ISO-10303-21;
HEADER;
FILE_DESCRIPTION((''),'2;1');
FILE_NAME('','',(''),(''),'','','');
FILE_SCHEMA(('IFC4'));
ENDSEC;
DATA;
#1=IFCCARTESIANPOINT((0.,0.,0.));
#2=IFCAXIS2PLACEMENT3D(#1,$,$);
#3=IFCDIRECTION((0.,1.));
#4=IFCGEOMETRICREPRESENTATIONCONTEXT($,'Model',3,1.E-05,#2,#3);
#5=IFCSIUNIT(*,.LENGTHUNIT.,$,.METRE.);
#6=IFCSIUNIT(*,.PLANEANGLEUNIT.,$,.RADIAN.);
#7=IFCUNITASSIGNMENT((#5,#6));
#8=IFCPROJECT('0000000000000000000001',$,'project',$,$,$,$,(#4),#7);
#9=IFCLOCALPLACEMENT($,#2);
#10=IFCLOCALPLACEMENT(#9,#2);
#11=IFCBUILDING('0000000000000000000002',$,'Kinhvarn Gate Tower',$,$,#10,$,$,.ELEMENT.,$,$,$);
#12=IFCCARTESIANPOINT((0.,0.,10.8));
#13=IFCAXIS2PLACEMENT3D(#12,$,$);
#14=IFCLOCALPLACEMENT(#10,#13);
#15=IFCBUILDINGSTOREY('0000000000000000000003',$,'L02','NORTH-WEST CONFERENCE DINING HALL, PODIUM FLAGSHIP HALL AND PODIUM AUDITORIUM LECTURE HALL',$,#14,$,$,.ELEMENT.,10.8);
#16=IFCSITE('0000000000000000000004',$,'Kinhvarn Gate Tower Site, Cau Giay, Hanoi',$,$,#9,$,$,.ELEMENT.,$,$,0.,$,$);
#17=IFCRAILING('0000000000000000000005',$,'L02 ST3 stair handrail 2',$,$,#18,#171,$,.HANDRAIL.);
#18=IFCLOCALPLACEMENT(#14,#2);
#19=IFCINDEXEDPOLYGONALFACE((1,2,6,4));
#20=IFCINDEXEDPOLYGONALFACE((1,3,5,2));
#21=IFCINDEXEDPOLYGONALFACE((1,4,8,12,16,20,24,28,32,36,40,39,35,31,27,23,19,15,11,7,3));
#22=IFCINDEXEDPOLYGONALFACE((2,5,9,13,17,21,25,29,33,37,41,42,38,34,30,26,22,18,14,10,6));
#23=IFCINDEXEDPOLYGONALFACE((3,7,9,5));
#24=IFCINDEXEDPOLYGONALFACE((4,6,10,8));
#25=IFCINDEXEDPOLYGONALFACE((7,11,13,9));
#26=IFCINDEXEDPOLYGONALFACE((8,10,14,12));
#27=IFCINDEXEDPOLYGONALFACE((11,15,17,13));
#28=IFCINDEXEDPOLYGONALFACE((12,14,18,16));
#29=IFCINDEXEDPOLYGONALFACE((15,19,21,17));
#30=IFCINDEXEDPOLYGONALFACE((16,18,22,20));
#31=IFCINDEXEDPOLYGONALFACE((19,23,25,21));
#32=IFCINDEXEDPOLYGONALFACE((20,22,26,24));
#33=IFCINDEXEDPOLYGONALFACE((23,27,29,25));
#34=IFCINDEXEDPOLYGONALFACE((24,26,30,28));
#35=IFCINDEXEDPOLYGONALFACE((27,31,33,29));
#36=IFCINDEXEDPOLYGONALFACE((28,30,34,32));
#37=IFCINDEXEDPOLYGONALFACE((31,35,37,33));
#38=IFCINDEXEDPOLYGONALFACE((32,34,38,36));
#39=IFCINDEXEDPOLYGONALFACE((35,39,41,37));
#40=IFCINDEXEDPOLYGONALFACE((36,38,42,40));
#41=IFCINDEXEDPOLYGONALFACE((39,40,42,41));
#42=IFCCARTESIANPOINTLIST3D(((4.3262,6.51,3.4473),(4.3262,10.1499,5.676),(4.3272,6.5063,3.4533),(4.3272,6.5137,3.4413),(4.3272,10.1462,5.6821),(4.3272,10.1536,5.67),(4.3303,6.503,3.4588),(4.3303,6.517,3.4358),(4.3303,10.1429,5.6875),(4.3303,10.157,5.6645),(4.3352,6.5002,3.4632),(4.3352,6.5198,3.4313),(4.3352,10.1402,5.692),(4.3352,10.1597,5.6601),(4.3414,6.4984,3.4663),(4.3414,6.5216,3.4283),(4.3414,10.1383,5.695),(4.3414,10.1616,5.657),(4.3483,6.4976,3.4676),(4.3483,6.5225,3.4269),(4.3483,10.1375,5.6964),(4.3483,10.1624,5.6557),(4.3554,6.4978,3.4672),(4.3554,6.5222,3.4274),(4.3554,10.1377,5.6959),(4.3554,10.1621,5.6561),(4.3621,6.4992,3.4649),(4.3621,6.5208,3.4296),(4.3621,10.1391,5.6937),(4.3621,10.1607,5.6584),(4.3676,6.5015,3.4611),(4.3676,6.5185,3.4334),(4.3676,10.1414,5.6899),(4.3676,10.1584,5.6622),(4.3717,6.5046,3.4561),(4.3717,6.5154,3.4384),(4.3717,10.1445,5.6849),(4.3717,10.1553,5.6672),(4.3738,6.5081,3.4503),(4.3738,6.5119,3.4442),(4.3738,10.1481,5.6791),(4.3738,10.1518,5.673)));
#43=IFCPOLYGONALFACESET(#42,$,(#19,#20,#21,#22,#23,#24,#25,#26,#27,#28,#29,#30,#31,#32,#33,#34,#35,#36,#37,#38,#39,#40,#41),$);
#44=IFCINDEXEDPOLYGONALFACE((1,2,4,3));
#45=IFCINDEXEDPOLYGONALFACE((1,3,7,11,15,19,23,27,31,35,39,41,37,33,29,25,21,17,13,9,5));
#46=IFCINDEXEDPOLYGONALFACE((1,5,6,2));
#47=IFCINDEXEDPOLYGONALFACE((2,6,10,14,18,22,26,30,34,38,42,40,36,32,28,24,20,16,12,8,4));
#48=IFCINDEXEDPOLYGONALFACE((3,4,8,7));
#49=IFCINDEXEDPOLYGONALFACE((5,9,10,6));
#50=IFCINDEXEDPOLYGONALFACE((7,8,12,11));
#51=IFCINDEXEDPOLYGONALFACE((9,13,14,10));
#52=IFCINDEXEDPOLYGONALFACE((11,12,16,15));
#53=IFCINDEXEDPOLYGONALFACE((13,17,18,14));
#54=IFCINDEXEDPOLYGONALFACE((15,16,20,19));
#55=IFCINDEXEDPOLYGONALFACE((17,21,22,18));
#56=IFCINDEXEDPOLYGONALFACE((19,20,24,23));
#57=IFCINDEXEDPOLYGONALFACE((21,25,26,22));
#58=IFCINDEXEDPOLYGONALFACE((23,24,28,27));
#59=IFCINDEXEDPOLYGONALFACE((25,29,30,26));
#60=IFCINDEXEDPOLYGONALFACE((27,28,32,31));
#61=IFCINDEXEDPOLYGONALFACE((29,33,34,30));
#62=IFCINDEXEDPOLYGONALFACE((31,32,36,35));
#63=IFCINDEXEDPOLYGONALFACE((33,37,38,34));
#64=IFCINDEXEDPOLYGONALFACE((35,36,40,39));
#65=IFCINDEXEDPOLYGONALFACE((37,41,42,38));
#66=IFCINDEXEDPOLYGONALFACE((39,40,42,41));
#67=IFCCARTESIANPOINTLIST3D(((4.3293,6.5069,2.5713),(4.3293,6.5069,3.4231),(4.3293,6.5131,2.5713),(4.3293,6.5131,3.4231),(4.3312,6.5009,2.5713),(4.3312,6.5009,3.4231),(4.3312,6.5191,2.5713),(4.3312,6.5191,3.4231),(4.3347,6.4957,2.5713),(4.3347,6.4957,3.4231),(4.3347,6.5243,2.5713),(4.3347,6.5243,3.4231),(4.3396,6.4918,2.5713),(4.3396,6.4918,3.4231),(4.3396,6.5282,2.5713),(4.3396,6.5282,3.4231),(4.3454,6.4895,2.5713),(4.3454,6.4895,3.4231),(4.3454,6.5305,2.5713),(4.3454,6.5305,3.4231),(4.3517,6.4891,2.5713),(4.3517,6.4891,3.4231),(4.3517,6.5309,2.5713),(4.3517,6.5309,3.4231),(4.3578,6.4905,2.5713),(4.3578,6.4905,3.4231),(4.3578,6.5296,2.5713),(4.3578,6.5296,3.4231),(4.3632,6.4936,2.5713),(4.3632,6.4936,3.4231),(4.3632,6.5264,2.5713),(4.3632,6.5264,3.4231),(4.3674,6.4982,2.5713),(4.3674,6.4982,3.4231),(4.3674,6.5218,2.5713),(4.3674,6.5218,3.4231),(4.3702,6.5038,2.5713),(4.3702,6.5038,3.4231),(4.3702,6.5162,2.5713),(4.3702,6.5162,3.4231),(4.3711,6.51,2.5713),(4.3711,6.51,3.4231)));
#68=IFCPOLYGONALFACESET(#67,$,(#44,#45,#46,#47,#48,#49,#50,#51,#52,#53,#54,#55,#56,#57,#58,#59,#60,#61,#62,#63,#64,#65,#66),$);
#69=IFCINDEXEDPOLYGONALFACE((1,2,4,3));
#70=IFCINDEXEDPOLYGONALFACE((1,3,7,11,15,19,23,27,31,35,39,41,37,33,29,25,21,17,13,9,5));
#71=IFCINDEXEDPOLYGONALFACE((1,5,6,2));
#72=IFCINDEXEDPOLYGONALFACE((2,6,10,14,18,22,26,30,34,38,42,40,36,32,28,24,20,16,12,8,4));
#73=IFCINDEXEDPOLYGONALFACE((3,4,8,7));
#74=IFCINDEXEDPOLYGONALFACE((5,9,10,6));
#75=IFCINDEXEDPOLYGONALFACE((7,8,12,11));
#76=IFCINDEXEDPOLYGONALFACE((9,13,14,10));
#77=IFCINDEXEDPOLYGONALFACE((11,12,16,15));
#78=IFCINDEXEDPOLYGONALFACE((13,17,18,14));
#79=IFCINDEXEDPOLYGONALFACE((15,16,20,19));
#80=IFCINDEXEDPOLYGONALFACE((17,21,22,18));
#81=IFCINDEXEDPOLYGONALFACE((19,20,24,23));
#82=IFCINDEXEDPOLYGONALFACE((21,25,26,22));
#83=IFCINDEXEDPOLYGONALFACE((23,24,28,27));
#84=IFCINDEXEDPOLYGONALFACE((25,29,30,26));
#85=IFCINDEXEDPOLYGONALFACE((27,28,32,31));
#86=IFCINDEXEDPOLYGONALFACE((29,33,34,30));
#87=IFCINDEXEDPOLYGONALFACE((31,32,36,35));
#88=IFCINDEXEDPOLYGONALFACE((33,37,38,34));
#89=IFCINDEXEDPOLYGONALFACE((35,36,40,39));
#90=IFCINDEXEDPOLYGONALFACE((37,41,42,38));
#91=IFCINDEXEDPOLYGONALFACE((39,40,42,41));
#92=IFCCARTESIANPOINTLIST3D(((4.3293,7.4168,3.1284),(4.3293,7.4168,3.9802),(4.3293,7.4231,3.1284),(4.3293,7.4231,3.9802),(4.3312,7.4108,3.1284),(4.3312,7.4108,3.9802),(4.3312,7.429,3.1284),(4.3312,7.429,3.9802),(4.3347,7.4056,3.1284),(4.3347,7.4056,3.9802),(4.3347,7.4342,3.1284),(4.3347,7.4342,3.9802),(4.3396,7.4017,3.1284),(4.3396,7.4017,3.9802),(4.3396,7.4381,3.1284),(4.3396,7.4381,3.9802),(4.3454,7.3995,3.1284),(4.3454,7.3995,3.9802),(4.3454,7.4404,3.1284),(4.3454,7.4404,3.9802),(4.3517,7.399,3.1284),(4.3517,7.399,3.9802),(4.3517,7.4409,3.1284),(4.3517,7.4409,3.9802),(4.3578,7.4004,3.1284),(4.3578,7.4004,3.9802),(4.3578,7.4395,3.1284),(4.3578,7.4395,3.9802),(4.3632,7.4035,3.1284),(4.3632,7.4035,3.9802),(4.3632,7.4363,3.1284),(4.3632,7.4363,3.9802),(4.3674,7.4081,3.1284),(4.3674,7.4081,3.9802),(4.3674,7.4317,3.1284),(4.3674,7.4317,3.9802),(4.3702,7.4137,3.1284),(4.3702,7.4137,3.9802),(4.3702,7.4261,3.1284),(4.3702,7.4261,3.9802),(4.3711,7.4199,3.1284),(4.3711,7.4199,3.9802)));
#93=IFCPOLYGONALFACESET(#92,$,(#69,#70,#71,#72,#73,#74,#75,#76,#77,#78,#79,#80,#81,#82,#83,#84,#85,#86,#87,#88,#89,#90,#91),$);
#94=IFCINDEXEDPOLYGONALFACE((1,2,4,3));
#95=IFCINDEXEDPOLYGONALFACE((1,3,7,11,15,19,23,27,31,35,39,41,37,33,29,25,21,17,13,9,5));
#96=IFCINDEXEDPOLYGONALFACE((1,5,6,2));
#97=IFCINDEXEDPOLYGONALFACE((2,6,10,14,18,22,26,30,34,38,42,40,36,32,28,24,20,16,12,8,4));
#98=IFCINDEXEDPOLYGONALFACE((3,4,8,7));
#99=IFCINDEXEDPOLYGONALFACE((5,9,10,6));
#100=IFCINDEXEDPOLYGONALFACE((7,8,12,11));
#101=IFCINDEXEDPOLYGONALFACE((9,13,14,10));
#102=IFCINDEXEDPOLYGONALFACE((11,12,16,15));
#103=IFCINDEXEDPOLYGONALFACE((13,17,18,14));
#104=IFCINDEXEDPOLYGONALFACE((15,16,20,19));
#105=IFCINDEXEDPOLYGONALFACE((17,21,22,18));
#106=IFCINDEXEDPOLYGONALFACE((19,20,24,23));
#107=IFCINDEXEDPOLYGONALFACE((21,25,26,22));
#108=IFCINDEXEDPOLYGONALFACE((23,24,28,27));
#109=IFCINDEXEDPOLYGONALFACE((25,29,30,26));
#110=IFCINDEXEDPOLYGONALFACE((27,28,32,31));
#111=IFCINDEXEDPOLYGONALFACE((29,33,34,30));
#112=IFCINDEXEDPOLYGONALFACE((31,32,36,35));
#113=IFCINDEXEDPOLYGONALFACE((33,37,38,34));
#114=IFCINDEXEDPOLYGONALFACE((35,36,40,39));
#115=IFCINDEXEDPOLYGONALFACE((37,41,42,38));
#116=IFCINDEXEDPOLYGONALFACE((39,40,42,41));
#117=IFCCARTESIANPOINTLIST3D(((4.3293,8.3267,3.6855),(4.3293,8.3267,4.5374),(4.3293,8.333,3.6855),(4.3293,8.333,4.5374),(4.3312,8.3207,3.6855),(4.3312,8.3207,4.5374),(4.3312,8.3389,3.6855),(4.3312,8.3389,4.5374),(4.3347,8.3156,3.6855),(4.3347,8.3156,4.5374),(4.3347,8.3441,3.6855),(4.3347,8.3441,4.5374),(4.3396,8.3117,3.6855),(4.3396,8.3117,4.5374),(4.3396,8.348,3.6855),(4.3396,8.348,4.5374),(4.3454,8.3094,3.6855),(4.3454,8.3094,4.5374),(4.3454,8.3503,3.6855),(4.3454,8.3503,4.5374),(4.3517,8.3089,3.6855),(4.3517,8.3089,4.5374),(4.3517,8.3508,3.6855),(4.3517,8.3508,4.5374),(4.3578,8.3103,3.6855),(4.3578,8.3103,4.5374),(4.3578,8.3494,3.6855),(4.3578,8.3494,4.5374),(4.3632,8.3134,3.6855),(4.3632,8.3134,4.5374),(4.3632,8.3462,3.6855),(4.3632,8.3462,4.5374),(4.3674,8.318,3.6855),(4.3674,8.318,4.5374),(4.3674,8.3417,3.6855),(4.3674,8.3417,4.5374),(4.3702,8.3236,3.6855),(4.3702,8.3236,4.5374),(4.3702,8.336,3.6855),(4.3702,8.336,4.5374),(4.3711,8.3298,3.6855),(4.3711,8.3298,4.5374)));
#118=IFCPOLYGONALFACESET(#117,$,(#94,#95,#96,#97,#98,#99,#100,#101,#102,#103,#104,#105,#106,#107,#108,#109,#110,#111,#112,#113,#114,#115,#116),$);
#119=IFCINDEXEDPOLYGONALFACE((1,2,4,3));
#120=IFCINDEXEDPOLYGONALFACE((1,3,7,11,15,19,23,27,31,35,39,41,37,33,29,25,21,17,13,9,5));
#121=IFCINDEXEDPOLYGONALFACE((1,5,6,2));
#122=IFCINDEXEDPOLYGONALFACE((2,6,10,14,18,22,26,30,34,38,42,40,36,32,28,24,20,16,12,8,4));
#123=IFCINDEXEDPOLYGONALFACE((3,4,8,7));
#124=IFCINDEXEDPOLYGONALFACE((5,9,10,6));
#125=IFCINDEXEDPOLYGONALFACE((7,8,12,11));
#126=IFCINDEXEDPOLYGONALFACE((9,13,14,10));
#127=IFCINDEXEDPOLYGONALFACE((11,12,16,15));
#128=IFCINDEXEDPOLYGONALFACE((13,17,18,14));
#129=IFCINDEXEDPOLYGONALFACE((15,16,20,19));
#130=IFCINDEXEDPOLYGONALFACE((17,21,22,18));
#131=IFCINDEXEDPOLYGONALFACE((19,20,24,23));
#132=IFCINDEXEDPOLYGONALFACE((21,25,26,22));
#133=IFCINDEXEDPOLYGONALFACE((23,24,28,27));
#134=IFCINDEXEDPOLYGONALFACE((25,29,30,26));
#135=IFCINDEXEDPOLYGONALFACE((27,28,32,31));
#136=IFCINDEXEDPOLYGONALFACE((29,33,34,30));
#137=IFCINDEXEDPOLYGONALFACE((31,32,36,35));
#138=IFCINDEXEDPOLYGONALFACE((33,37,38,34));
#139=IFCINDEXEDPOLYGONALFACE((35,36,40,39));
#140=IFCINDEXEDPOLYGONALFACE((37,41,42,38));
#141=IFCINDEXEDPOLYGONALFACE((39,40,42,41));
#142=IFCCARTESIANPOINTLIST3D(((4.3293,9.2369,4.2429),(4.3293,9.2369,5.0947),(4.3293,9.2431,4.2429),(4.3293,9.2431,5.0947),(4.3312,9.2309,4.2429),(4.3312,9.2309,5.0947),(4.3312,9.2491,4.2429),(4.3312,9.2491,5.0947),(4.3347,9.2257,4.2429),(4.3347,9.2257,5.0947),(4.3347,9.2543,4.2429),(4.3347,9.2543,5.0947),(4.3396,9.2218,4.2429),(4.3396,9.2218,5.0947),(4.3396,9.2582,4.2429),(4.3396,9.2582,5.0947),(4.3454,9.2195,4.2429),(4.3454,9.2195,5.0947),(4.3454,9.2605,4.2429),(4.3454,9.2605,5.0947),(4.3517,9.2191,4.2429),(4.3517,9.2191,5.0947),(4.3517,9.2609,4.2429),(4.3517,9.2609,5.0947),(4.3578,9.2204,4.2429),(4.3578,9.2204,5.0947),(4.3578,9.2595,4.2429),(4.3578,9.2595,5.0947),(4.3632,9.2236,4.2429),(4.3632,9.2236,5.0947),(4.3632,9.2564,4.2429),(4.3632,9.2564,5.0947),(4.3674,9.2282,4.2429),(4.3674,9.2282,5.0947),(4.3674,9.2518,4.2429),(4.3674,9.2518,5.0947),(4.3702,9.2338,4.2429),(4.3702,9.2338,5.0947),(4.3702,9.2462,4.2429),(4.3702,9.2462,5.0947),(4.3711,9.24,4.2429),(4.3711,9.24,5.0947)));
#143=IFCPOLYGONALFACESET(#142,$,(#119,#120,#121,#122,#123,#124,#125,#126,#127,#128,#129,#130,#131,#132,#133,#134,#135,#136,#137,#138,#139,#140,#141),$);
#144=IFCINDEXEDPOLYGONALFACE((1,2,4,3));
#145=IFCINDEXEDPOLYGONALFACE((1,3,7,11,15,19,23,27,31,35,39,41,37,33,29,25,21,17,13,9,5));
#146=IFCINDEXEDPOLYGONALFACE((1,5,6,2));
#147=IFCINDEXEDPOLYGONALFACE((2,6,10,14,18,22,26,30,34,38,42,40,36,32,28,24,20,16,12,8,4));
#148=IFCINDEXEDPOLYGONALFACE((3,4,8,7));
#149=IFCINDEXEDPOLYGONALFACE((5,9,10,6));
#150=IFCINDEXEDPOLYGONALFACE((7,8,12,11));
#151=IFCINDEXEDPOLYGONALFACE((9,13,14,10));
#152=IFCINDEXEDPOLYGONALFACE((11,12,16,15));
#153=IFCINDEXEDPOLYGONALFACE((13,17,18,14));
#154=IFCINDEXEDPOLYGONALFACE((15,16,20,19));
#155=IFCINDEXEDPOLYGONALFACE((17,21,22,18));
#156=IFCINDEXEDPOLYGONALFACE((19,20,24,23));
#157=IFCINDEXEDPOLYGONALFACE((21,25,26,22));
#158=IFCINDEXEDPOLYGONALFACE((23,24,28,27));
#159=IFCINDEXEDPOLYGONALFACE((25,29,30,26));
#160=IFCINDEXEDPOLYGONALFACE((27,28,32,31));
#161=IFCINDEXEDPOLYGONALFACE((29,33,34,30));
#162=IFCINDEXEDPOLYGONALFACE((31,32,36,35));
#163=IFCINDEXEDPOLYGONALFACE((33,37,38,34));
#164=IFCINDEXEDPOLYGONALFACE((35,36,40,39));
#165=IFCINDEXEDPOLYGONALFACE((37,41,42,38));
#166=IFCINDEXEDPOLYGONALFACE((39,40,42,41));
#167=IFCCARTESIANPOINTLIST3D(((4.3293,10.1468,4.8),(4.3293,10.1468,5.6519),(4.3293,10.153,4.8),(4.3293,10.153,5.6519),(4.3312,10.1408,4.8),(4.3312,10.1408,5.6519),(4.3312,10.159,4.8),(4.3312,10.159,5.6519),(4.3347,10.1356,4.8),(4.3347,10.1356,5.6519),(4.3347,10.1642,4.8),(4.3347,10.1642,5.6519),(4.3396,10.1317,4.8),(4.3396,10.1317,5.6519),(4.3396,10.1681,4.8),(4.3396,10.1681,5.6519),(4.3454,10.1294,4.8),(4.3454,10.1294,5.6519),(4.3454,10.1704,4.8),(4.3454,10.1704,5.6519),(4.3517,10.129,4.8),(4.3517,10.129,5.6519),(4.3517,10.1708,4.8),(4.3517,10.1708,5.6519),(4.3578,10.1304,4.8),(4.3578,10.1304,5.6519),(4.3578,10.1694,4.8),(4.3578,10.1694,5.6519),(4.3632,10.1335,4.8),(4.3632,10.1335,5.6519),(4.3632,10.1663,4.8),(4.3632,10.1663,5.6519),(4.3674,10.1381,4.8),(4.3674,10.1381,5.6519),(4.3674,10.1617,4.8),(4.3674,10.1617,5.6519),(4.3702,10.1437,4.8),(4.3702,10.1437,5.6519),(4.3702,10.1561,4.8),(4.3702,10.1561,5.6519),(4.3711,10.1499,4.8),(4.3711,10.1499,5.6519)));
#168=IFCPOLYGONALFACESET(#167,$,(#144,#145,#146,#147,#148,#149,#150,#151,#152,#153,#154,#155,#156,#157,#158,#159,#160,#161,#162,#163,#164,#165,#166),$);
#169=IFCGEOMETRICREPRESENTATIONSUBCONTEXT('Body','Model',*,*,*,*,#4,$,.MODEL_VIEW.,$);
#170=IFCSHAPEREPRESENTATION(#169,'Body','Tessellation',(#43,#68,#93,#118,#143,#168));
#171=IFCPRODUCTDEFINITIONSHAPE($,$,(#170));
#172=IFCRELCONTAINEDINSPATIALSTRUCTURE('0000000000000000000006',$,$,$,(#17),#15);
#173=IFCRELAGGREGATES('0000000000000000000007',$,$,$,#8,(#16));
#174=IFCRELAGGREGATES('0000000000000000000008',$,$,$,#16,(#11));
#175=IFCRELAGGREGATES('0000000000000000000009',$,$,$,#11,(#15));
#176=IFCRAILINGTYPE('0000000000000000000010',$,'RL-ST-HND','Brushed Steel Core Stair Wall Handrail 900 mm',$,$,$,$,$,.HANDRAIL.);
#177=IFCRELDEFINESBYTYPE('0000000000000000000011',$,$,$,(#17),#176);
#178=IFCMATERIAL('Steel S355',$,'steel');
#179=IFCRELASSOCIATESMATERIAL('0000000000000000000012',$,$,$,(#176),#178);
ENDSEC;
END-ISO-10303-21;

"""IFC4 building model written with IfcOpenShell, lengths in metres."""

from ifc_helpers import new_model, si_unit, direction, frame, origin, origin_2d, place, context, subcontext, project, spatial, circle, extrude, material, type_object, element, save


model = new_model("IFC4")

# Units and contexts
model_context = context("Model", 3, precision=1e-05, world=origin(), true_north=direction((0.0, 1.0)))
body_context = subcontext(model_context, "Body", "Model", "MODEL_VIEW")
ifc_project = project(units=[si_unit("LENGTHUNIT", "METRE"), si_unit("PLANEANGLEUNIT", "RADIAN")], contexts=[model_context])

# Site, building, storey
site_placement = place(None, origin())
site = spatial("IfcSite", under=ifc_project, at=site_placement, Name="Kinhvarn Gate Tower Site, Cau Giay, Hanoi", CompositionType="ELEMENT", RefElevation=0.0)
building_placement = place(site_placement, origin())
building = spatial("IfcBuilding", under=site, at=building_placement, Name="Kinhvarn Gate Tower", CompositionType="ELEMENT")
storey_placement = place(building_placement, frame((0.0, 0.0, 10.8)))
storey = spatial("IfcBuildingStorey", under=building, at=storey_placement, Name="L02", Description="NORTH-WEST CONFERENCE DINING HALL, PODIUM FLAGSHIP HALL AND PODIUM AUDITORIUM LECTURE HALL", CompositionType="ELEMENT", Elevation=10.8)

# Shared definitions
ifc_material_1 = material(Name="Steel S355", Category="steel")

# Railing
railing_type_1 = type_object("IfcRailingType", Name="RL-ST-HND", Description="Brushed Steel Core Stair Wall Handrail 900 mm", PredefinedType="HANDRAIL", material=ifc_material_1)
railing_1_placement = place(storey_placement, frame((4.3501, 6.51, 2.5713)))
element("IfcRailing", 1, at=railing_1_placement, inside=storey, type_object=railing_type_1, Name="L02 ST3 stair handrail 2", PredefinedType="HANDRAIL", context=body_context, shape_type="SweptSolid", body=[
    extrude(circle(Radius=0.0239, at=origin_2d()), frame((0.0, 0.0, 0.876), z_axis=(0.0, 0.852825, 0.522197), x_axis=(-1.0, 0.0, 0.0)), (0.0, 0.0, 1.0), 4.2681),
    extrude(circle(Radius=0.021, at=origin_2d()), origin(), (0.0, 0.0, 1.0), 0.8518),
    extrude(circle(Radius=0.021, at=origin_2d()), frame((0.0, 0.9099, 0.5571)), (0.0, 0.0, 1.0), 0.8518),
    extrude(circle(Radius=0.021, at=origin_2d()), frame((0.0, 1.8198, 1.1143)), (0.0, 0.0, 1.0), 0.8518),
    extrude(circle(Radius=0.021, at=origin_2d()), frame((0.0, 2.73, 1.6716)), (0.0, 0.0, 1.0), 0.8518),
    extrude(circle(Radius=0.021, at=origin_2d()), frame((0.0, 3.6399, 2.2288)), (0.0, 0.0, 1.0), 0.8518),
])

save(model, "model.ifc")
